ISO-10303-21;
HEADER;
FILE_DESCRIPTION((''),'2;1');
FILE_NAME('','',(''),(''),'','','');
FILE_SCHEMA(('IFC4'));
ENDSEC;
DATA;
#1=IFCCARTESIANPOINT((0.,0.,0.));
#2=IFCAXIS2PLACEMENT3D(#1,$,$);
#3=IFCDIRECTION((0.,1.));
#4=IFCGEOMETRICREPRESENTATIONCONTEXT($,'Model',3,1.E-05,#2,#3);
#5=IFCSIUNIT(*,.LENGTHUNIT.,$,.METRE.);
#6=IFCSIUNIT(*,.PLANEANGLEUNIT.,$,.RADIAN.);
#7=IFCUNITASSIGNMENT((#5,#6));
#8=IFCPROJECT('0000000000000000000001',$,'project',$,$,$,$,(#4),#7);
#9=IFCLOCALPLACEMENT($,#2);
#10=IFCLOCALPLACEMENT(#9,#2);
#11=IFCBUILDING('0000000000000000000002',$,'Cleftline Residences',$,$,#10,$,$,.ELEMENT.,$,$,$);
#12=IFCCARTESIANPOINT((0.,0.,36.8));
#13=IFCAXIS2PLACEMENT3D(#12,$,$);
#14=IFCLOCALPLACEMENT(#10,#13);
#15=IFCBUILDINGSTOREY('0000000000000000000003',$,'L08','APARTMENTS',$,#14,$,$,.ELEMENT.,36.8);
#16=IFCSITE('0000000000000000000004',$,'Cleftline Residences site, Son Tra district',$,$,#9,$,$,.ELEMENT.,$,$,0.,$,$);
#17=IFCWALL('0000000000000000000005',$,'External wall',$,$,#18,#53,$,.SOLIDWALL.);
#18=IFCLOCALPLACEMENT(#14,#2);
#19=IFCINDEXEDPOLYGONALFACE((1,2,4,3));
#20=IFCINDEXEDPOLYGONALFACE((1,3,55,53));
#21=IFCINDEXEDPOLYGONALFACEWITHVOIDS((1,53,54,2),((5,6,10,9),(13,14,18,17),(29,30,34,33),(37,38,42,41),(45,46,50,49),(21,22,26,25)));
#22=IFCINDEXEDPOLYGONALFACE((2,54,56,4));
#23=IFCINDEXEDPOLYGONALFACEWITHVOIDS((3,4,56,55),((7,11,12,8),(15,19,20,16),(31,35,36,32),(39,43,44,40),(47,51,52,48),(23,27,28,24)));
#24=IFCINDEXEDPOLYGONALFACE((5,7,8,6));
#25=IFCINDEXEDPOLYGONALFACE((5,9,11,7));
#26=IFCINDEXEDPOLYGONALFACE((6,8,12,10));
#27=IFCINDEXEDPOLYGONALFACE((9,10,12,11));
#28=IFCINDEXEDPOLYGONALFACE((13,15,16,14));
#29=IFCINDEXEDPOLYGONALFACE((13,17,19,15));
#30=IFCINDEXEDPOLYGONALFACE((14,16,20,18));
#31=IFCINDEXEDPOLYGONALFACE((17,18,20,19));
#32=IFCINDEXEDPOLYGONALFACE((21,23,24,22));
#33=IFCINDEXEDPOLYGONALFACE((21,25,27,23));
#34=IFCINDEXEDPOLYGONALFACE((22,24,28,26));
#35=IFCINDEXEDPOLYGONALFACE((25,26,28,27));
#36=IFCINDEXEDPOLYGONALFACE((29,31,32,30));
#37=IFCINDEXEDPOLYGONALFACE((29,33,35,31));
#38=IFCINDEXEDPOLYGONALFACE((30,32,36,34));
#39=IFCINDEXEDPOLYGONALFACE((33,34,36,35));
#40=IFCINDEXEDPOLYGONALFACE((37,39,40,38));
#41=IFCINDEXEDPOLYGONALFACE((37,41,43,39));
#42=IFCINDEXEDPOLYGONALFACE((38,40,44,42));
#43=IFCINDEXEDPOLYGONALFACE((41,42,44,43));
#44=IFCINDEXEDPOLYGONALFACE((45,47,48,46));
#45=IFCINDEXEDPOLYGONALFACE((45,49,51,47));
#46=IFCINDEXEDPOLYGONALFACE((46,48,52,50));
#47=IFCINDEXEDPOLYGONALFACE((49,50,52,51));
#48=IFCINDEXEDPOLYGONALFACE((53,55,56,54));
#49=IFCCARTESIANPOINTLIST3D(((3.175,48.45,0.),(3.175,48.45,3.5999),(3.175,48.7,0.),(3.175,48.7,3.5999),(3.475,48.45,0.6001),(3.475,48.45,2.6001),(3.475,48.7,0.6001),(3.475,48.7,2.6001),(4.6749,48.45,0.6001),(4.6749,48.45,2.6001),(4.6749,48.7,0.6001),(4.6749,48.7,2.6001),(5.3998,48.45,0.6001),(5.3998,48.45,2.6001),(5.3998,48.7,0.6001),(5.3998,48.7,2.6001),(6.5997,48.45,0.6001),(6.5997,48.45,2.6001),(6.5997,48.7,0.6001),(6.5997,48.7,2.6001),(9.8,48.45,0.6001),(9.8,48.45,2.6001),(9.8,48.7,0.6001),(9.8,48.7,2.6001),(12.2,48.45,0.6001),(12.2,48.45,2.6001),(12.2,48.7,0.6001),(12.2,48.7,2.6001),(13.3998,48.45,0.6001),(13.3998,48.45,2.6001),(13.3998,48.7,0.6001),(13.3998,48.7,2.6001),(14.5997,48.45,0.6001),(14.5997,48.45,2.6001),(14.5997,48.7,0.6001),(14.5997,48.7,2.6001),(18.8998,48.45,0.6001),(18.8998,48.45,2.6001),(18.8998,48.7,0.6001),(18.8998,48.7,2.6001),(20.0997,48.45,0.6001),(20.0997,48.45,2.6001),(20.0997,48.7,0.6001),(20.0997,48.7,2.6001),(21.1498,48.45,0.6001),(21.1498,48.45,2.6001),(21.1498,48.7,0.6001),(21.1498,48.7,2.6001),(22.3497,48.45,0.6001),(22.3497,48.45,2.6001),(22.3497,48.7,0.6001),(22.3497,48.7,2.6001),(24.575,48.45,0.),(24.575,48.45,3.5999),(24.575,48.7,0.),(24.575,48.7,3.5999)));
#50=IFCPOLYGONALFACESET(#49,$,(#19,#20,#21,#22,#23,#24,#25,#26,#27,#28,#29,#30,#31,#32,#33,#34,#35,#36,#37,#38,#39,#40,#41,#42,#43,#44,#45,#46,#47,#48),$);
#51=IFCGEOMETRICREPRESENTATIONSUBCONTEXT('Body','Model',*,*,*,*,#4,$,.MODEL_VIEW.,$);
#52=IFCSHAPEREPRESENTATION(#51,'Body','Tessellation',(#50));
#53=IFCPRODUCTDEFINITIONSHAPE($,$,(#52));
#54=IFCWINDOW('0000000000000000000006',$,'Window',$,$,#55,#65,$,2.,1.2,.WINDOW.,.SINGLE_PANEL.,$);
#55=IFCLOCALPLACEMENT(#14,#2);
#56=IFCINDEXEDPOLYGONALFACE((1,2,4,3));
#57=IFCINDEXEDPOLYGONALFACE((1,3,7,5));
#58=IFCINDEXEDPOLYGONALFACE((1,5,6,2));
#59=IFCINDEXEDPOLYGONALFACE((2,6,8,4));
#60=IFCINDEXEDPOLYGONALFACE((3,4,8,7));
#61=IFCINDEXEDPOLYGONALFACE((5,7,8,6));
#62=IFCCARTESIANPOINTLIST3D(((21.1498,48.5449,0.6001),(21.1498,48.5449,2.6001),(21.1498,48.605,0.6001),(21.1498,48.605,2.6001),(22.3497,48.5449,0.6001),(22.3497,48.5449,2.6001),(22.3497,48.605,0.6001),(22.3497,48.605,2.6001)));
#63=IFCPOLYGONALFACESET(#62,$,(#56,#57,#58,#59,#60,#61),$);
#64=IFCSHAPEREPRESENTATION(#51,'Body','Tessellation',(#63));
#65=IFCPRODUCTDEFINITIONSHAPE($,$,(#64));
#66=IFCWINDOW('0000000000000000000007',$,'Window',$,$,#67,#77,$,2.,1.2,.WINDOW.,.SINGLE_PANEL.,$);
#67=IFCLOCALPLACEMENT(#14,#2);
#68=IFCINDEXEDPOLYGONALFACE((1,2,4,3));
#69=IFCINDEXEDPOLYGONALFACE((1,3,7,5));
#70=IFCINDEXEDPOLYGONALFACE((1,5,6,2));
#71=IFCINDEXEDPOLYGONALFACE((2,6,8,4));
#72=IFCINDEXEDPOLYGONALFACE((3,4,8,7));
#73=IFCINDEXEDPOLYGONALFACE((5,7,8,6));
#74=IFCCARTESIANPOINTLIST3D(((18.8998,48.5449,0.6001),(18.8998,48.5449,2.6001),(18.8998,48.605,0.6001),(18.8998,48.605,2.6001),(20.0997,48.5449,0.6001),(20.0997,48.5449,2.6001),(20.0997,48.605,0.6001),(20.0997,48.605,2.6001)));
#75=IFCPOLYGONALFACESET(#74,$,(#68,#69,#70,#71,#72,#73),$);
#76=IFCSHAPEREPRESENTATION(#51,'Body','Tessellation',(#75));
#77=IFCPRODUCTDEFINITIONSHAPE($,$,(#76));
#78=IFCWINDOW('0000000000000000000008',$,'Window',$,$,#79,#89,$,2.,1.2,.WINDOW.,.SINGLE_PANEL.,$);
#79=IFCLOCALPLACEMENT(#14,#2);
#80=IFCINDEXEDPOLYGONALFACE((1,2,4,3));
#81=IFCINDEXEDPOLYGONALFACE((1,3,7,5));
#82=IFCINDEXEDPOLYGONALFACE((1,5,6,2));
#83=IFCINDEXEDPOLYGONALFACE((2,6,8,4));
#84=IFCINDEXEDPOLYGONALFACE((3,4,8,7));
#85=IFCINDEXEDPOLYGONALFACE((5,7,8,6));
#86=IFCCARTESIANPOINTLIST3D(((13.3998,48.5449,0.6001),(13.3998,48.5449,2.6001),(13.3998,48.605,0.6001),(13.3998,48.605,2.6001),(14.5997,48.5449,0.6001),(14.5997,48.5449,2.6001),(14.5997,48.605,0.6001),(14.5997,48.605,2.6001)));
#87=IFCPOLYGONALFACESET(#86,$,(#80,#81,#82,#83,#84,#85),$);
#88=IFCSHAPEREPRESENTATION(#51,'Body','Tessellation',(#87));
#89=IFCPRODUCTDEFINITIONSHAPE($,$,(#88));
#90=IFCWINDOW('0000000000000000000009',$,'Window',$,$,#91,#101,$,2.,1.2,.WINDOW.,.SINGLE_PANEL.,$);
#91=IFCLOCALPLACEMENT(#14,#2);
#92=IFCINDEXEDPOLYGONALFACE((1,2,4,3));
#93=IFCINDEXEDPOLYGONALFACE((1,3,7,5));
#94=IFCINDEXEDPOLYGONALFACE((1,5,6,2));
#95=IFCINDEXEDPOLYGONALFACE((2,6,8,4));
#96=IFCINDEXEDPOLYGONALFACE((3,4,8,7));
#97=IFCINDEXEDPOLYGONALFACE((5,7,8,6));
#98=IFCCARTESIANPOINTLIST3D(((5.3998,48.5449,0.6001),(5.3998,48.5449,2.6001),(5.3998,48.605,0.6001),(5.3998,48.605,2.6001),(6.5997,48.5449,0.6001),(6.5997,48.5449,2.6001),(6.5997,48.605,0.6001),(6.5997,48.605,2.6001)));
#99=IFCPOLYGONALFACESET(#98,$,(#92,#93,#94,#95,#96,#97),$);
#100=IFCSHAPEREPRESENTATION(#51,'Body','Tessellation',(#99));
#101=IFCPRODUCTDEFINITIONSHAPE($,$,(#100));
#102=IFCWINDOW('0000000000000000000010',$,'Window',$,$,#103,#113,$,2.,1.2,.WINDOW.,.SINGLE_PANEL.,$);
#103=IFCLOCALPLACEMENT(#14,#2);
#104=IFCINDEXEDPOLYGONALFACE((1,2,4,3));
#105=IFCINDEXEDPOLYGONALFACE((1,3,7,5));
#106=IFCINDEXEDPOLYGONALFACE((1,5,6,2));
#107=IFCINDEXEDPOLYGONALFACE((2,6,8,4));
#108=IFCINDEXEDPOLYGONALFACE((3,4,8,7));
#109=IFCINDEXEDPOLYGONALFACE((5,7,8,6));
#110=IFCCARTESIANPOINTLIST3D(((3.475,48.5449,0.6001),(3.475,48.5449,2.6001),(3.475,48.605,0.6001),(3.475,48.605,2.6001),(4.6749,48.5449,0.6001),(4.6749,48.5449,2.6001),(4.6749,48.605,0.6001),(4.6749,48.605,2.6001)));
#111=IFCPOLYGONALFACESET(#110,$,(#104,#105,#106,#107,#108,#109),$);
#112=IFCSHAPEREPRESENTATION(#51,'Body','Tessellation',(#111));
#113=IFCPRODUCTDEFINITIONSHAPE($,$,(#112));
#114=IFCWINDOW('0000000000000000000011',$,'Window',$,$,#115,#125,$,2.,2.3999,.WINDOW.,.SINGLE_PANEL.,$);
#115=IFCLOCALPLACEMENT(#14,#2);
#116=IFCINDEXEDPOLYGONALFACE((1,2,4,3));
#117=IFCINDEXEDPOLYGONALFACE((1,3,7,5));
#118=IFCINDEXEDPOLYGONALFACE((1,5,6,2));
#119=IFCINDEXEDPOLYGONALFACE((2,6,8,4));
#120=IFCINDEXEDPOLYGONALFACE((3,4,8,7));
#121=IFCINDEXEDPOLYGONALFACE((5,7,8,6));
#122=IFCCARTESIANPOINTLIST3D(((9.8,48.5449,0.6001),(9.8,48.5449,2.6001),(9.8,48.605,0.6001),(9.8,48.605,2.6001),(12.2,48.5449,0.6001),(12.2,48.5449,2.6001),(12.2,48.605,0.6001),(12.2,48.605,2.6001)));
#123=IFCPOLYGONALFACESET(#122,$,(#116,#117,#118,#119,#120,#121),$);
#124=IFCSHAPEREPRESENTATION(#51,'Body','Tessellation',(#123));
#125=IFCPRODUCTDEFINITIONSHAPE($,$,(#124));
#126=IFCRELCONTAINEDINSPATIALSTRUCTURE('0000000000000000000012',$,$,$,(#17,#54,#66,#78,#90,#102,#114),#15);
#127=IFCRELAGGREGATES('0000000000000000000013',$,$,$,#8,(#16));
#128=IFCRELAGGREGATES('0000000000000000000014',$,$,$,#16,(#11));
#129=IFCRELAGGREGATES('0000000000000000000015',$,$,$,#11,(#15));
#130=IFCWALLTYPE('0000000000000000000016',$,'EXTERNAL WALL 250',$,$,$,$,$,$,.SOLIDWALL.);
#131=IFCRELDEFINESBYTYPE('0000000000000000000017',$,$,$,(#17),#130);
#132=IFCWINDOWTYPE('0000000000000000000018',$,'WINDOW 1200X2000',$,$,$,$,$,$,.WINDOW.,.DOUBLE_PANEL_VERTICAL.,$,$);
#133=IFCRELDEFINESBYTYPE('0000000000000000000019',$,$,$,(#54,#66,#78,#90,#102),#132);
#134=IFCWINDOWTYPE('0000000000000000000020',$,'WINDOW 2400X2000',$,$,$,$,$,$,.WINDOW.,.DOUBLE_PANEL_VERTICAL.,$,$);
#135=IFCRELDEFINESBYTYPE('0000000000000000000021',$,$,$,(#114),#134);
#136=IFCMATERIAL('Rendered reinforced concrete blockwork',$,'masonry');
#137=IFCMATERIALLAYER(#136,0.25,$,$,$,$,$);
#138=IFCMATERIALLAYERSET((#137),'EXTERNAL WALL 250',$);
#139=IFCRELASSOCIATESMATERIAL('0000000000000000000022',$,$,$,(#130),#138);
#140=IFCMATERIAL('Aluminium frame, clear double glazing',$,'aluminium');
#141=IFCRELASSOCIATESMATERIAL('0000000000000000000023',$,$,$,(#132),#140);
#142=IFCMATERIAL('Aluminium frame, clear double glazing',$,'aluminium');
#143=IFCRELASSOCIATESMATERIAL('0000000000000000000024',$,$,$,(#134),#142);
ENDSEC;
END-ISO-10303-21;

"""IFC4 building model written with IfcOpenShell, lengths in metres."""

from ifc_helpers import new_model, si_unit, direction, frame, frame_2d, origin, place, context, subcontext, project, spatial, rectangle, extrude, material, layer, layer_set, type_object, element, fill, save


model = new_model("IFC4")

# Units and contexts
model_context = context("Model", 3, precision=1e-05, world=origin(), true_north=direction((0.0, 1.0)))
body_context = subcontext(model_context, "Body", "Model", "MODEL_VIEW")
ifc_project = project(units=[si_unit("LENGTHUNIT", "METRE"), si_unit("PLANEANGLEUNIT", "RADIAN")], contexts=[model_context])

# Site, building, storey
site_placement = place(None, origin())
site = spatial("IfcSite", under=ifc_project, at=site_placement, Name="Cleftline Residences site, Son Tra district", CompositionType="ELEMENT", RefElevation=0.0)
building_placement = place(site_placement, origin())
building = spatial("IfcBuilding", under=site, at=building_placement, Name="Cleftline Residences", CompositionType="ELEMENT")
storey_placement = place(building_placement, frame((0.0, 0.0, 36.8)))
storey = spatial("IfcBuildingStorey", under=building, at=storey_placement, Name="L08", Description="APARTMENTS", CompositionType="ELEMENT", Elevation=36.8)

# Wall, openings, windows
ifc_material_1 = material(Name="Rendered reinforced concrete blockwork", Category="masonry")
ifc_layer_1 = layer(ifc_material_1, 0.25)
ifc_layer_set_1 = layer_set([ifc_layer_1], Name="EXTERNAL WALL 250")
wall_type = type_object("IfcWallType", Name="EXTERNAL WALL 250", PredefinedType="SOLIDWALL", material=ifc_layer_set_1)
wall_placement = place(storey_placement, frame((24.575, 48.575, 0.0), z_axis=(0.0, 0.0, 1.0), x_axis=(-1.0, 0.0, 0.0)))
wall = element("IfcWall", 1, at=wall_placement, inside=storey, type_object=wall_type, Name="External wall", PredefinedType="SOLIDWALL", context=body_context, shape_type="SweptSolid", body=[
    extrude(rectangle(XDim=21.3999, YDim=0.25, at=frame_2d((10.7, 0.0))), origin(), (0.0, 0.0, 1.0), 3.5999),
])
opening_1_placement = place(wall_placement, frame((2.2251, 0.0, 0.6001)))
opening_1 = element("IfcOpeningElement", 2, at=opening_1_placement, cuts=wall, PredefinedType="OPENING", context=body_context, shape_type="SweptSolid", body=[
    extrude(rectangle(XDim=1.2, YDim=2.0, at=frame_2d((0.6001, 1.0))), frame((0.0, 0.135, 0.0), z_axis=(0.0, -1.0, 0.0), x_axis=(1.0, 0.0, 0.0)), (0.0, 0.0, 1.0), 0.27),
])
opening_2_placement = place(wall_placement, frame((4.4751, 0.0, 0.6001)))
opening_2 = element("IfcOpeningElement", 3, at=opening_2_placement, cuts=wall, PredefinedType="OPENING", context=body_context, shape_type="SweptSolid", body=[
    extrude(rectangle(XDim=1.2, YDim=2.0, at=frame_2d((0.6001, 1.0))), frame((0.0, 0.135, 0.0), z_axis=(0.0, -1.0, 0.0), x_axis=(1.0, 0.0, 0.0)), (0.0, 0.0, 1.0), 0.27),
])
opening_3_placement = place(wall_placement, frame((9.9751, 0.0, 0.6001)))
opening_3 = element("IfcOpeningElement", 4, at=opening_3_placement, cuts=wall, PredefinedType="OPENING", context=body_context, shape_type="SweptSolid", body=[
    extrude(rectangle(XDim=1.2, YDim=2.0, at=frame_2d((0.6001, 1.0))), frame((0.0, 0.135, 0.0), z_axis=(0.0, -1.0, 0.0), x_axis=(1.0, 0.0, 0.0)), (0.0, 0.0, 1.0), 0.27),
])
opening_4_placement = place(wall_placement, frame((12.375, 0.0, 0.6001)))
opening_4 = element("IfcOpeningElement", 5, at=opening_4_placement, cuts=wall, PredefinedType="OPENING", context=body_context, shape_type="SweptSolid", body=[
    extrude(rectangle(XDim=2.3999, YDim=2.0, at=frame_2d((1.2, 1.0))), frame((0.0, 0.135, 0.0), z_axis=(0.0, -1.0, 0.0), x_axis=(1.0, 0.0, 0.0)), (0.0, 0.0, 1.0), 0.27),
])
opening_5_placement = place(wall_placement, frame((17.9751, 0.0, 0.6001)))
opening_5 = element("IfcOpeningElement", 6, at=opening_5_placement, cuts=wall, PredefinedType="OPENING", context=body_context, shape_type="SweptSolid", body=[
    extrude(rectangle(XDim=1.2, YDim=2.0, at=frame_2d((0.6001, 1.0))), frame((0.0, 0.135, 0.0), z_axis=(0.0, -1.0, 0.0), x_axis=(1.0, 0.0, 0.0)), (0.0, 0.0, 1.0), 0.27),
])
opening_6_placement = place(wall_placement, frame((19.8999, 0.0, 0.6001)))
opening_6 = element("IfcOpeningElement", 7, at=opening_6_placement, cuts=wall, PredefinedType="OPENING", context=body_context, shape_type="SweptSolid", body=[
    extrude(rectangle(XDim=1.2, YDim=2.0, at=frame_2d((0.6001, 1.0))), frame((0.0, 0.135, 0.0), z_axis=(0.0, -1.0, 0.0), x_axis=(1.0, 0.0, 0.0)), (0.0, 0.0, 1.0), 0.27),
])
ifc_material_2 = material(Name="Aluminium frame, clear double glazing", Category="aluminium")
window_type_1 = type_object("IfcWindowType", Name="WINDOW 1200X2000", PartitioningType="DOUBLE_PANEL_VERTICAL", PredefinedType="WINDOW", material=ifc_material_2)
window_1_placement = place(opening_1_placement, origin())
window_1 = element("IfcWindow", 8, at=window_1_placement, inside=storey, type_object=window_type_1, Name="Window", OverallHeight=2.0, OverallWidth=1.2, PartitioningType="SINGLE_PANEL", PredefinedType="WINDOW", context=body_context, shape_type="SweptSolid", body=[
    extrude(rectangle(XDim=1.2, YDim=2.0, at=frame_2d((0.6001, 1.0))), frame((0.0, 0.03, 0.0), z_axis=(0.0, -1.0, 0.0), x_axis=(1.0, 0.0, 0.0)), (0.0, 0.0, 1.0), 0.0601),
])
fill(opening_1, window_1)
window_2_placement = place(opening_2_placement, origin())
window_2 = element("IfcWindow", 9, at=window_2_placement, inside=storey, type_object=window_type_1, Name="Window", OverallHeight=2.0, OverallWidth=1.2, PartitioningType="SINGLE_PANEL", PredefinedType="WINDOW", context=body_context, shape_type="SweptSolid", body=[
    extrude(rectangle(XDim=1.2, YDim=2.0, at=frame_2d((0.6001, 1.0))), frame((0.0, 0.03, 0.0), z_axis=(0.0, -1.0, 0.0), x_axis=(1.0, 0.0, 0.0)), (0.0, 0.0, 1.0), 0.0601),
])
fill(opening_2, window_2)
window_3_placement = place(opening_3_placement, origin())
window_3 = element("IfcWindow", 10, at=window_3_placement, inside=storey, type_object=window_type_1, Name="Window", OverallHeight=2.0, OverallWidth=1.2, PartitioningType="SINGLE_PANEL", PredefinedType="WINDOW", context=body_context, shape_type="SweptSolid", body=[
    extrude(rectangle(XDim=1.2, YDim=2.0, at=frame_2d((0.6001, 1.0))), frame((0.0, 0.03, 0.0), z_axis=(0.0, -1.0, 0.0), x_axis=(1.0, 0.0, 0.0)), (0.0, 0.0, 1.0), 0.0601),
])
fill(opening_3, window_3)
window_4_placement = place(opening_5_placement, origin())
window_4 = element("IfcWindow", 11, at=window_4_placement, inside=storey, type_object=window_type_1, Name="Window", OverallHeight=2.0, OverallWidth=1.2, PartitioningType="SINGLE_PANEL", PredefinedType="WINDOW", context=body_context, shape_type="SweptSolid", body=[
    extrude(rectangle(XDim=1.2, YDim=2.0, at=frame_2d((0.6001, 1.0))), frame((0.0, 0.03, 0.0), z_axis=(0.0, -1.0, 0.0), x_axis=(1.0, 0.0, 0.0)), (0.0, 0.0, 1.0), 0.0601),
])
fill(opening_5, window_4)
window_5_placement = place(opening_6_placement, origin())
window_5 = element("IfcWindow", 12, at=window_5_placement, inside=storey, type_object=window_type_1, Name="Window", OverallHeight=2.0, OverallWidth=1.2, PartitioningType="SINGLE_PANEL", PredefinedType="WINDOW", context=body_context, shape_type="SweptSolid", body=[
    extrude(rectangle(XDim=1.2, YDim=2.0, at=frame_2d((0.6001, 1.0))), frame((0.0, 0.03, 0.0), z_axis=(0.0, -1.0, 0.0), x_axis=(1.0, 0.0, 0.0)), (0.0, 0.0, 1.0), 0.0601),
])
fill(opening_6, window_5)
ifc_material_3 = material(Name="Aluminium frame, clear double glazing", Category="aluminium")
window_type_2 = type_object("IfcWindowType", Name="WINDOW 2400X2000", PartitioningType="DOUBLE_PANEL_VERTICAL", PredefinedType="WINDOW", material=ifc_material_3)
window_6_placement = place(opening_4_placement, origin())
window_6 = element("IfcWindow", 13, at=window_6_placement, inside=storey, type_object=window_type_2, Name="Window", OverallHeight=2.0, OverallWidth=2.3999, PartitioningType="SINGLE_PANEL", PredefinedType="WINDOW", context=body_context, shape_type="SweptSolid", body=[
    extrude(rectangle(XDim=2.3999, YDim=2.0, at=frame_2d((1.2, 1.0))), frame((0.0, 0.03, 0.0), z_axis=(0.0, -1.0, 0.0), x_axis=(1.0, 0.0, 0.0)), (0.0, 0.0, 1.0), 0.0601),
])
fill(opening_4, window_6)

save(model, "model.ifc")
